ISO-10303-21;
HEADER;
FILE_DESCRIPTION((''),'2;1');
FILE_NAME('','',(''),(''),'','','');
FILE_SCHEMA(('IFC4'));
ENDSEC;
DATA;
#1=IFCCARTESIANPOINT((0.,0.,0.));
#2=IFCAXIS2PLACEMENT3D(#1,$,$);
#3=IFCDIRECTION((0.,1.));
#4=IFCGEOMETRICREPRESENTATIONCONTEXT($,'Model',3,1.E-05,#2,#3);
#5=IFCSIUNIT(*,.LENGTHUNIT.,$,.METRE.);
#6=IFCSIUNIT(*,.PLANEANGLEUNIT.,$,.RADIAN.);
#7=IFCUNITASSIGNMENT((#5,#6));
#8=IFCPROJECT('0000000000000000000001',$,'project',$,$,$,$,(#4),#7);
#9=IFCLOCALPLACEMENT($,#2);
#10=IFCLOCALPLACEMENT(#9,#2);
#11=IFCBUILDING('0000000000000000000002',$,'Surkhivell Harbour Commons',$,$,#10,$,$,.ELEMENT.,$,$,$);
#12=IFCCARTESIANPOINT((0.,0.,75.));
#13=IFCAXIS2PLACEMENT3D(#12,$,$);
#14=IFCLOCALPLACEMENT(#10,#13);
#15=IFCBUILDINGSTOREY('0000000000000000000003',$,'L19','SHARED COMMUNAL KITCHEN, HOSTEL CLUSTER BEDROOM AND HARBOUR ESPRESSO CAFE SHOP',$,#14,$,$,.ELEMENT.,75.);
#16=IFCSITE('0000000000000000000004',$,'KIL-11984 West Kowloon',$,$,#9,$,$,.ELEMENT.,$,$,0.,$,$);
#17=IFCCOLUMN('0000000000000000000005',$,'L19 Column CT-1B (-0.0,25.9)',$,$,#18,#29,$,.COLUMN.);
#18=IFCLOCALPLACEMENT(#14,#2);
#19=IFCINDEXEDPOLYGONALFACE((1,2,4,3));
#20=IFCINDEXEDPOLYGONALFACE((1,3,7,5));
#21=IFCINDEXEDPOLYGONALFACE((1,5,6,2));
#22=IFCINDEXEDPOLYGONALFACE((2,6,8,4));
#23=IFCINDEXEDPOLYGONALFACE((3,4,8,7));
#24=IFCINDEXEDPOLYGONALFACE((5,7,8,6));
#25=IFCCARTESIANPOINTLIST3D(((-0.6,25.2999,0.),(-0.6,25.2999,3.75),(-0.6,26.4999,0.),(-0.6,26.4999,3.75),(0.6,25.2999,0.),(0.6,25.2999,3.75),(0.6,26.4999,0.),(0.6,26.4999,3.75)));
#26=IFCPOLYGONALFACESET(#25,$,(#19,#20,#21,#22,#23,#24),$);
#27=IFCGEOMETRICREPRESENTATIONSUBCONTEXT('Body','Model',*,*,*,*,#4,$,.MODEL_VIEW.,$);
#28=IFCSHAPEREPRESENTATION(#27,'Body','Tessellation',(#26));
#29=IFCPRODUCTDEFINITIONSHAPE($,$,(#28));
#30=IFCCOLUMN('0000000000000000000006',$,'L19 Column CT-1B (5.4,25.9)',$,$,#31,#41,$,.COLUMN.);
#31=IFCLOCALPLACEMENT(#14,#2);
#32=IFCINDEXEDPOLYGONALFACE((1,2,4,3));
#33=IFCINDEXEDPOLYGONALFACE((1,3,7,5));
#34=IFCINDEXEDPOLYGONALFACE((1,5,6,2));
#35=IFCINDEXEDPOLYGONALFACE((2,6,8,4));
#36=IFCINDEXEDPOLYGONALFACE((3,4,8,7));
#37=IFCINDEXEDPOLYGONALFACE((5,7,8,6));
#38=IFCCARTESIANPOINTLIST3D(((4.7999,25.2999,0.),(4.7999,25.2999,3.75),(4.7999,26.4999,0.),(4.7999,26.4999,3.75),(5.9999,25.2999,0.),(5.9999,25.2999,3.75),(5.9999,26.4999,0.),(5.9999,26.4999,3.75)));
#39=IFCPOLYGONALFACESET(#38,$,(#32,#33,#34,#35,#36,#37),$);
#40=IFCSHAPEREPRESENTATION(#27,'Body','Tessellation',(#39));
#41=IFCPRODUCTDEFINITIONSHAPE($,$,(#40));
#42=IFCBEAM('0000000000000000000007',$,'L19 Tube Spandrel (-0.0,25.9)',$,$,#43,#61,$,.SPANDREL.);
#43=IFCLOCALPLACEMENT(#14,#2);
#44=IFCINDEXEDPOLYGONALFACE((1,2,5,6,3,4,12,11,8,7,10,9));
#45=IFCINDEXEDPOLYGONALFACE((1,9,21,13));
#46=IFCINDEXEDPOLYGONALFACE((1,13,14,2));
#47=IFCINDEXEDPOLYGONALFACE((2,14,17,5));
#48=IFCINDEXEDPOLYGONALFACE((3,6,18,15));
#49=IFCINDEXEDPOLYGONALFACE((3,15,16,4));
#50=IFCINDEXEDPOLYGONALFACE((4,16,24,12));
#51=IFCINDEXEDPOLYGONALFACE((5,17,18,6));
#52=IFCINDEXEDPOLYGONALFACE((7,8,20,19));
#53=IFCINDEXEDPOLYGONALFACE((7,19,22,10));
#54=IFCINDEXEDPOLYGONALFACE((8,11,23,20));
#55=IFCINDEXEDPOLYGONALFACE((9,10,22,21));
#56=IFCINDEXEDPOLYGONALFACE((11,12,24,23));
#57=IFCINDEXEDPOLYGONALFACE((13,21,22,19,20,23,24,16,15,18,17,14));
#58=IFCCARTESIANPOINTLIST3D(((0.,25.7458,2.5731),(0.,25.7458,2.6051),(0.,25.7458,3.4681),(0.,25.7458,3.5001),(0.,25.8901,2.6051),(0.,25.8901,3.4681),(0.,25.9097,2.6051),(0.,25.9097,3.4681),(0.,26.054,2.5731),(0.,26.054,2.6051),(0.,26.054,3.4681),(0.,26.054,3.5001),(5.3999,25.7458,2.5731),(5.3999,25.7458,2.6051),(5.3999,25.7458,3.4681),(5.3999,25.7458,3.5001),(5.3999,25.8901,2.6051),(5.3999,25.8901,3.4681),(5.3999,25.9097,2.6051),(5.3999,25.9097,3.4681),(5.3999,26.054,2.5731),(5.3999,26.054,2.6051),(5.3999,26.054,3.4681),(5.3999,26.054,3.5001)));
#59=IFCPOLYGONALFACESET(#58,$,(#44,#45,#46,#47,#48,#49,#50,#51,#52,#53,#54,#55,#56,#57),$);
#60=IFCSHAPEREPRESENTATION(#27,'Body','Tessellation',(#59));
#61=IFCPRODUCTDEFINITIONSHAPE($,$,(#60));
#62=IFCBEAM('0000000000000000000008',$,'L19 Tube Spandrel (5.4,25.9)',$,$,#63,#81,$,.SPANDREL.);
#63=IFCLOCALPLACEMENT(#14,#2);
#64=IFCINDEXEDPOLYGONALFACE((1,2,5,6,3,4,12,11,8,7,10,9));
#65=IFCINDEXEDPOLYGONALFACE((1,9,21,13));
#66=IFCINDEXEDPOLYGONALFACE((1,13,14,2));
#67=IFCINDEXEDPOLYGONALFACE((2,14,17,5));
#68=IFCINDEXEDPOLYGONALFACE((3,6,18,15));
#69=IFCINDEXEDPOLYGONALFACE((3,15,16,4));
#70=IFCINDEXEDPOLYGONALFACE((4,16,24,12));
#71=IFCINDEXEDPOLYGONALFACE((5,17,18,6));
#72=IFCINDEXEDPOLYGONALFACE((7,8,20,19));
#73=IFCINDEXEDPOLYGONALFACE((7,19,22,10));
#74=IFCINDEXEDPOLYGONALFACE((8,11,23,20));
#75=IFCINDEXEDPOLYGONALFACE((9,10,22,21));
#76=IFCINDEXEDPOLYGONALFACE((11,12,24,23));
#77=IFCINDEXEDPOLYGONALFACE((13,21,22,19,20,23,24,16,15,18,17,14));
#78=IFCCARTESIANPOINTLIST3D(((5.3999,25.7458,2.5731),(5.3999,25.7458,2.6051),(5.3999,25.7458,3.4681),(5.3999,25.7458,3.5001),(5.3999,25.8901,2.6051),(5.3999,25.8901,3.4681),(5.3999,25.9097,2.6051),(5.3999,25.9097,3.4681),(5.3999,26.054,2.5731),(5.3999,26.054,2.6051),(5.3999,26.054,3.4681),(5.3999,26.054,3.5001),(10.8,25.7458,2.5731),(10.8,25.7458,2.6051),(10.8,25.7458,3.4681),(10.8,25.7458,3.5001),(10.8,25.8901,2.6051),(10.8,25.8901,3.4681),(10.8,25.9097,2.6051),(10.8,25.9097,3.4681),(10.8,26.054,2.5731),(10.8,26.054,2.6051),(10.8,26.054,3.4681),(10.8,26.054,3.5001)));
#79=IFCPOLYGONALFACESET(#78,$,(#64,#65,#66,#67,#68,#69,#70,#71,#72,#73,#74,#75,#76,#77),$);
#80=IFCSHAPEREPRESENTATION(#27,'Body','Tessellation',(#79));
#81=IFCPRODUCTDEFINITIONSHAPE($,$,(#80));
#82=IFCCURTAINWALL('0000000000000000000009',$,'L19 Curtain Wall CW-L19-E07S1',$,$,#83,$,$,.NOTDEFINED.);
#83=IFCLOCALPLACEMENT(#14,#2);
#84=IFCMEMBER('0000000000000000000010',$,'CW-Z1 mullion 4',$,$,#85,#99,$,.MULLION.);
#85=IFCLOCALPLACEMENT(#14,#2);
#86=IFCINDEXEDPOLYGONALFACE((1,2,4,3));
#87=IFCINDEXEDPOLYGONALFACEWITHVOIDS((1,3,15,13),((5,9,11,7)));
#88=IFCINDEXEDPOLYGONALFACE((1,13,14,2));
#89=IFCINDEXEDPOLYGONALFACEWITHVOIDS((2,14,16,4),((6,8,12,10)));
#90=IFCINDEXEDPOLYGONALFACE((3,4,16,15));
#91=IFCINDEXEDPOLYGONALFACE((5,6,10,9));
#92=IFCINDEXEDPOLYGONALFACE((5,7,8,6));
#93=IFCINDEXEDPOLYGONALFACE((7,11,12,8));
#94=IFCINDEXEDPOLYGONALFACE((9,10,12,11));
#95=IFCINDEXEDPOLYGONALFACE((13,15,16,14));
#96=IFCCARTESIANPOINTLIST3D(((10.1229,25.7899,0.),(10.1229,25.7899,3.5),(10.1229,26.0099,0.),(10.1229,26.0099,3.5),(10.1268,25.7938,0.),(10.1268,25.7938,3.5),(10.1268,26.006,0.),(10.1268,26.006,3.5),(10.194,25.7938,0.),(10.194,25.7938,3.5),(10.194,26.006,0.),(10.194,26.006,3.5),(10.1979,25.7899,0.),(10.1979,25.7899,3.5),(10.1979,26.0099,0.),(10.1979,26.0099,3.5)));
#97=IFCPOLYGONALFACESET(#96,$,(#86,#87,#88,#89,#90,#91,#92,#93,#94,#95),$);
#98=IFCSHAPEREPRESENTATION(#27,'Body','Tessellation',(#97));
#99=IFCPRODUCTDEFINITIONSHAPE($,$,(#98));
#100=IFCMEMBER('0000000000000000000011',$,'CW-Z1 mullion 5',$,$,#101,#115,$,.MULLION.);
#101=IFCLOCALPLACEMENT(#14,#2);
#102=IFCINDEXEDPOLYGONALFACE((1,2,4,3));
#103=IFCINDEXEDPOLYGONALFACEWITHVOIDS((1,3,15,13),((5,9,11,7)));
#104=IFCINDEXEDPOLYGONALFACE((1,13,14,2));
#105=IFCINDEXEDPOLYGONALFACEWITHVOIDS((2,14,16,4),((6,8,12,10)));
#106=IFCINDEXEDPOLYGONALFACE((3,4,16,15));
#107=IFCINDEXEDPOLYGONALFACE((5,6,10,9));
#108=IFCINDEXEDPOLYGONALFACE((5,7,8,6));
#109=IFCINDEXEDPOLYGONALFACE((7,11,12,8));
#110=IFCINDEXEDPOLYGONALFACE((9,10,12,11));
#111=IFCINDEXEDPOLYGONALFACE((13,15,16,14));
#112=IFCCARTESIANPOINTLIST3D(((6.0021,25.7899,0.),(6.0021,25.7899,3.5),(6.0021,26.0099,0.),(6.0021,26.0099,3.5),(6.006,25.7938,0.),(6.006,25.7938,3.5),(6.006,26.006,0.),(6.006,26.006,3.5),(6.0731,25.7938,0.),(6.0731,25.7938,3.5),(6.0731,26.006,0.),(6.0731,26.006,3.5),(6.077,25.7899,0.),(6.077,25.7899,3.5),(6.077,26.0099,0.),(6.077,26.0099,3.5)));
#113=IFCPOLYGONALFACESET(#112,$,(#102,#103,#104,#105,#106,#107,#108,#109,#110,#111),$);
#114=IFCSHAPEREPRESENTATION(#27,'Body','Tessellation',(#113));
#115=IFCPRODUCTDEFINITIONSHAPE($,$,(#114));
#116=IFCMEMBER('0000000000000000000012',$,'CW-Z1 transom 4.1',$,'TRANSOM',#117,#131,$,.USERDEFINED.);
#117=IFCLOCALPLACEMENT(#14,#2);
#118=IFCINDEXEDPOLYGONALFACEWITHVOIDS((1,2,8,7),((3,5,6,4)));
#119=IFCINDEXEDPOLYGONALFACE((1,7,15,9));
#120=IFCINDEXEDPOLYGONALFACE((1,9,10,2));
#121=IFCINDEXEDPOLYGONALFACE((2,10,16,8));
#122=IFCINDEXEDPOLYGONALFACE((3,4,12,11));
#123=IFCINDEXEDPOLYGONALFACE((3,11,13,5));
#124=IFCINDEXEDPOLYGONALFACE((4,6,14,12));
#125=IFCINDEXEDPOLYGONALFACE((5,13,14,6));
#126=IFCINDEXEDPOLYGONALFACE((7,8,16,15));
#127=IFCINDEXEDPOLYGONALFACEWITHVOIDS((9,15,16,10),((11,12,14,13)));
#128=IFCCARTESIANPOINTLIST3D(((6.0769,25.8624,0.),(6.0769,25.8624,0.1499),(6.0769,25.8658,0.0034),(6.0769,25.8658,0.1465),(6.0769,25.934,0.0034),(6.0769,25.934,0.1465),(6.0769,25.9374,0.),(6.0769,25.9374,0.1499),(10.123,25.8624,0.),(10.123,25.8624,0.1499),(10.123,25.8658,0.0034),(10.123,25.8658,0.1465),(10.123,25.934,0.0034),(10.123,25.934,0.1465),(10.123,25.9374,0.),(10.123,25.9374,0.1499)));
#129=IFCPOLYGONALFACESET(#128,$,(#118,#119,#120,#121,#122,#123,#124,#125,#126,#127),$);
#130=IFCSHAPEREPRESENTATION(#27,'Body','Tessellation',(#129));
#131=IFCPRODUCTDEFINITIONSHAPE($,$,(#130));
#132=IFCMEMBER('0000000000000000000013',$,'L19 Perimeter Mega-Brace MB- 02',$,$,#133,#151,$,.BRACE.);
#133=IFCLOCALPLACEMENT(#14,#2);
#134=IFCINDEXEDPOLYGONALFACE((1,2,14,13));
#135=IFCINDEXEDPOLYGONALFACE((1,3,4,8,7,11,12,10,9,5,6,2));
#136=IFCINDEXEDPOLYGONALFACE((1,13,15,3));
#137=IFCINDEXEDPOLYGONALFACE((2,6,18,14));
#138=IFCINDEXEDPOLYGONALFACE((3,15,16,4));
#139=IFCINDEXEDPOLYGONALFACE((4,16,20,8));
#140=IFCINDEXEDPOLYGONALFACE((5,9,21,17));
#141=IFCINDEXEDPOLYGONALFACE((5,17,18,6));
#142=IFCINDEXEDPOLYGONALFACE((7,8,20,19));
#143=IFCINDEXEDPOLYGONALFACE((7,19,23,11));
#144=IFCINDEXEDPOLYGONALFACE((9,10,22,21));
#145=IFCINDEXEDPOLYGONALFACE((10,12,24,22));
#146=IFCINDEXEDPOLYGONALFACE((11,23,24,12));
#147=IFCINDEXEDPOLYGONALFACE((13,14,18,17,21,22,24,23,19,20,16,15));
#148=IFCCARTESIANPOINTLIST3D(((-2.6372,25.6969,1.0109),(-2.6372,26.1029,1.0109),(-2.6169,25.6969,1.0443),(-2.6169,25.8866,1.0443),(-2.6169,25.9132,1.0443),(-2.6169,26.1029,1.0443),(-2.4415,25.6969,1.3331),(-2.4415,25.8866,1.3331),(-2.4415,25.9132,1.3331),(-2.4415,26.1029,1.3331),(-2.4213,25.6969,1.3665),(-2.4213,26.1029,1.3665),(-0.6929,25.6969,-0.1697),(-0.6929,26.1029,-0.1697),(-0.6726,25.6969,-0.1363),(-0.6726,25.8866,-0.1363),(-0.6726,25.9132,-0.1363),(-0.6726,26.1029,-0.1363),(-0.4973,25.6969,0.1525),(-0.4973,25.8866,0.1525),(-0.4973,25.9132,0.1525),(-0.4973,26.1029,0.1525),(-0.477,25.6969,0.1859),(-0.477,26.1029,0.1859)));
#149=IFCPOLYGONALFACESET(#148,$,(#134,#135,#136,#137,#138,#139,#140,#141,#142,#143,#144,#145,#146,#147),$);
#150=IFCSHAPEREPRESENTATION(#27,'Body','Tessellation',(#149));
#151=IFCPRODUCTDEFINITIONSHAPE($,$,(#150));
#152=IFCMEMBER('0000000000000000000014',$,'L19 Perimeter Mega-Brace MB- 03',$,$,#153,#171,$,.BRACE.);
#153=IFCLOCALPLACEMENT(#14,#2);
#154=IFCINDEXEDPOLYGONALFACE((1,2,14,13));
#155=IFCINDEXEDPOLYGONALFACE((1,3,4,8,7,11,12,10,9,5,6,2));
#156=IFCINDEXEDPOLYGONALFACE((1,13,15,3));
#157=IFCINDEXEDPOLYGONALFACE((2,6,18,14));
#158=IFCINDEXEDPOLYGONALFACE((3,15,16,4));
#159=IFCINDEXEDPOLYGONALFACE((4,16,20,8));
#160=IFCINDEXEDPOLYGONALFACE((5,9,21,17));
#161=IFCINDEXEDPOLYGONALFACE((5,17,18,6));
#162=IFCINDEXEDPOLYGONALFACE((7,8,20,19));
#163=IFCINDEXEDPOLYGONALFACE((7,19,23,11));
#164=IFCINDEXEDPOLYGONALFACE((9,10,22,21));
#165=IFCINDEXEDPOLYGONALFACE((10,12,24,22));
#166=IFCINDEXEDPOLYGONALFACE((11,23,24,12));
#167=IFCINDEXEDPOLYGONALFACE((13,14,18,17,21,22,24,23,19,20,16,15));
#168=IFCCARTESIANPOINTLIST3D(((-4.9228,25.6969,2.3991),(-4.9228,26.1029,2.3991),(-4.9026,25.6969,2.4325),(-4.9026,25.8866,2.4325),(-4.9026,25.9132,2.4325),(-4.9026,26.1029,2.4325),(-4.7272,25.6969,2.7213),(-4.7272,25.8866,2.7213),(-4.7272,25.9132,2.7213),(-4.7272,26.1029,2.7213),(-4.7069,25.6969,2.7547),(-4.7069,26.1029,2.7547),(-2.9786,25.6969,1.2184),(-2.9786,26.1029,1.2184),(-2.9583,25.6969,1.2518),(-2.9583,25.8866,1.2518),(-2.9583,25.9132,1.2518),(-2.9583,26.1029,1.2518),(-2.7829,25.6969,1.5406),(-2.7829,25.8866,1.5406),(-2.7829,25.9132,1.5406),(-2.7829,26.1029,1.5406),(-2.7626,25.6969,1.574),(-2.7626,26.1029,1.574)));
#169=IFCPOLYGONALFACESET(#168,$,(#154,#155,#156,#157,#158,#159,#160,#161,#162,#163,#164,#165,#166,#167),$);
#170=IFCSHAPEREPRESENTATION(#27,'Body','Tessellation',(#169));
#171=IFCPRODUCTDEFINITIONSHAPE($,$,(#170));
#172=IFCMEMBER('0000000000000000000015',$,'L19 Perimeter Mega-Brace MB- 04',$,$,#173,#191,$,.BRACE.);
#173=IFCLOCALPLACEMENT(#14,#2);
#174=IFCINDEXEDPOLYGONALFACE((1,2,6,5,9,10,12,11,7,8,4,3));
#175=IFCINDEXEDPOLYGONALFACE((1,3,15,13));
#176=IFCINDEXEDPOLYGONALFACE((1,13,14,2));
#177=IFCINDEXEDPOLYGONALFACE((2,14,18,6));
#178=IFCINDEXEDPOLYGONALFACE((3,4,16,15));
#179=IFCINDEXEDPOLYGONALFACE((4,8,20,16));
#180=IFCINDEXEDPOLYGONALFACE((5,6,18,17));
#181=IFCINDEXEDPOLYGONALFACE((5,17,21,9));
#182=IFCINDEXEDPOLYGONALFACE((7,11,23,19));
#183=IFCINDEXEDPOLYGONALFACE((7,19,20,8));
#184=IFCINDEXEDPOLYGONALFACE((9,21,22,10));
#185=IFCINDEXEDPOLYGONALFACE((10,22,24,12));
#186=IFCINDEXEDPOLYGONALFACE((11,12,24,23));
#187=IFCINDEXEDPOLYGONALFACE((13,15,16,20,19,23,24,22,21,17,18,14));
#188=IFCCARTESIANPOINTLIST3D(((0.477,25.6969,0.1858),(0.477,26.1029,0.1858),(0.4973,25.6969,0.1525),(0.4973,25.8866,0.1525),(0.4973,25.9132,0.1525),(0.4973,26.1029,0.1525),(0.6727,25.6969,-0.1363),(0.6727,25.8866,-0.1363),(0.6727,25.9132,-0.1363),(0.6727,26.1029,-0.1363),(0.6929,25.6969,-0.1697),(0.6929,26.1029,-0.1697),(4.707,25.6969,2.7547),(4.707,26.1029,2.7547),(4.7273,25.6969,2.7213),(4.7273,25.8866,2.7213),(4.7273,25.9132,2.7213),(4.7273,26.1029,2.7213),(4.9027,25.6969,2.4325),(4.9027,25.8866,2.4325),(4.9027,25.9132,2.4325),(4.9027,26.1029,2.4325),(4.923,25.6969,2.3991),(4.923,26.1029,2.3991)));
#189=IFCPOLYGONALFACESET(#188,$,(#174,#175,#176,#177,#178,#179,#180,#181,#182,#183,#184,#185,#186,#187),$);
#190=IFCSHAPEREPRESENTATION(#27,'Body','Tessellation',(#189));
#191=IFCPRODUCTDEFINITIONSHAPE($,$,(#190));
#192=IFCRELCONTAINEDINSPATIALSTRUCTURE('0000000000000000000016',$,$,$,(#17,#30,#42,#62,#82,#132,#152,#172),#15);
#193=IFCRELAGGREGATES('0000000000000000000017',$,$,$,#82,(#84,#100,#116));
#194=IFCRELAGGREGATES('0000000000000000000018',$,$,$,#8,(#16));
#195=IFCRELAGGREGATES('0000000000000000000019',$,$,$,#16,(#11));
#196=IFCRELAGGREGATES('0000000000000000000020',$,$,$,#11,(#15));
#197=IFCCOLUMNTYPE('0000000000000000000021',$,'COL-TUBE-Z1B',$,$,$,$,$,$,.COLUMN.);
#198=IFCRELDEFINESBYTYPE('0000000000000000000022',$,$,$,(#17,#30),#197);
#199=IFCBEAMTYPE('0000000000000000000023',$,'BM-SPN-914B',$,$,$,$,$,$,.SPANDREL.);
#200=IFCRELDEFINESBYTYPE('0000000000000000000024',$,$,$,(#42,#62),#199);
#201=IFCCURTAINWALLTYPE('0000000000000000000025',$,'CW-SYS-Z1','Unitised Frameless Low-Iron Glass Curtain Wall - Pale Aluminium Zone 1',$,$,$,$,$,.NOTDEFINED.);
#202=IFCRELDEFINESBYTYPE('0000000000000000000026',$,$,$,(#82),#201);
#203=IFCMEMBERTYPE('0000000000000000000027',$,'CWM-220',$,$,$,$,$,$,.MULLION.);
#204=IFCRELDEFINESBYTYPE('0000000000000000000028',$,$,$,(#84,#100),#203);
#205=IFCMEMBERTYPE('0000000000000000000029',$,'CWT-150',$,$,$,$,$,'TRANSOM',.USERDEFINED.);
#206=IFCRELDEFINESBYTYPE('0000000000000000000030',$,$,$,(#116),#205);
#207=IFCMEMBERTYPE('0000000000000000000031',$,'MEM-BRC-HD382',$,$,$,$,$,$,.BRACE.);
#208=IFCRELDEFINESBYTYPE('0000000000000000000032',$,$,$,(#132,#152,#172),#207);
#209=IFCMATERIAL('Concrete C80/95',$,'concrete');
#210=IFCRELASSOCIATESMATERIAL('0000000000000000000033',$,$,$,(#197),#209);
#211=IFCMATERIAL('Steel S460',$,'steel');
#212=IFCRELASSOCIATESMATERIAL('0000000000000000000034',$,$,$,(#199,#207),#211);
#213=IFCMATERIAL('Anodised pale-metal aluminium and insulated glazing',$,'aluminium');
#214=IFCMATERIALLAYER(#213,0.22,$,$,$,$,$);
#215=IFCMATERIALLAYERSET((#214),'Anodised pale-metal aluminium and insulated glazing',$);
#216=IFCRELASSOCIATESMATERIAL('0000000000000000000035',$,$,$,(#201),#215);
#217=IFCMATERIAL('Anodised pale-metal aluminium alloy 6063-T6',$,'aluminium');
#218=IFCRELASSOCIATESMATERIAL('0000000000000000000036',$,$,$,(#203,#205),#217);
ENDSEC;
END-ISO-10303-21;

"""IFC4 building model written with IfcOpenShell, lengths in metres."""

from ifc_helpers import new_model, si_unit, direction, frame, origin, origin_2d, place, context, subcontext, project, spatial, rectangle, hollow_rectangle, i_section, extrude, material, layer, layer_set, material_profile, profile_set, type_object, element, aggregate, save


model = new_model("IFC4")

# Units and contexts
model_context = context("Model", 3, precision=1e-05, world=origin(), true_north=direction((0.0, 1.0)))
body_context = subcontext(model_context, "Body", "Model", "MODEL_VIEW")
ifc_project = project(units=[si_unit("LENGTHUNIT", "METRE"), si_unit("PLANEANGLEUNIT", "RADIAN")], contexts=[model_context])

# Site, building, storey
site_placement = place(None, origin())
site = spatial("IfcSite", under=ifc_project, at=site_placement, Name="KIL-11984 West Kowloon", CompositionType="ELEMENT", RefElevation=0.0)
building_placement = place(site_placement, origin())
building = spatial("IfcBuilding", under=site, at=building_placement, Name="Surkhivell Harbour Commons", CompositionType="ELEMENT")
storey_placement = place(building_placement, frame((0.0, 0.0, 75.0)))
storey = spatial("IfcBuildingStorey", under=building, at=storey_placement, Name="L19", Description="SHARED COMMUNAL KITCHEN, HOSTEL CLUSTER BEDROOM AND HARBOUR ESPRESSO CAFE SHOP", CompositionType="ELEMENT", Elevation=75.0)

# Columns
ifc_material_1 = material(Name="Concrete C80/95", Category="concrete")
ifc_material_profile_1 = material_profile(ifc_material_1, rectangle(XDim=1.2, YDim=1.2, at=origin_2d()), Name="RC-COL-1200x1200")
ifc_profile_set_1 = profile_set([ifc_material_profile_1], Name="Concrete C80/95")
column_type = type_object("IfcColumnType", Name="COL-TUBE-Z1B", PredefinedType="COLUMN", material=ifc_profile_set_1)
for number, where, z_axis, x_axis, name in (
    (1, (0.0, 25.8999, 0.0), (0.0, 0.0, 1.0), (1.0, 0.0, 0.0), "L19 Column CT-1B (-0.0,25.9)"),
    (2, (5.3999, 25.8999, 0.0), (0.0, 0.0, 1.0), (1.0, 0.0, 0.0), "L19 Column CT-1B (5.4,25.9)"),
):
    element("IfcColumn", number, at=place(storey_placement, frame(where, z_axis=z_axis, x_axis=x_axis)), inside=storey, type_object=column_type, Name=name, PredefinedType="COLUMN", context=body_context, shape_type="SweptSolid", body=[
        extrude(rectangle(XDim=1.2, YDim=1.2, at=origin_2d()), origin(), (0.0, 0.0, 1.0), 3.75),
    ])

# Beams
ifc_material_2 = material(Name="Steel S460", Category="steel")
ifc_material_profile_2 = material_profile(ifc_material_2, i_section(OverallWidth=0.3081, OverallDepth=0.927, WebThickness=0.0195, FlangeThickness=0.032, at=origin_2d()), Name="UB914x305x289")
ifc_profile_set_2 = profile_set([ifc_material_profile_2], Name="Steel S460")
beam_type = type_object("IfcBeamType", Name="BM-SPN-914B", PredefinedType="SPANDREL", material=ifc_profile_set_2)
beam_1_placement = place(storey_placement, frame((0.0, 25.8999, 3.0366), z_axis=(1.0, 0.0, 0.0), x_axis=(0.0, 1.0, 0.0)))
element("IfcBeam", 3, at=beam_1_placement, inside=storey, type_object=beam_type, Name="L19 Tube Spandrel (-0.0,25.9)", PredefinedType="SPANDREL", context=body_context, shape_type="SweptSolid", body=[
    extrude(i_section(OverallWidth=0.3081, OverallDepth=0.927, WebThickness=0.0195, FlangeThickness=0.032, at=origin_2d()), origin(), (0.0, 0.0, 1.0), 5.3999),
])
beam_2_placement = place(storey_placement, frame((5.3999, 25.8999, 3.0366), z_axis=(1.0, 0.0, 0.0), x_axis=(0.0, 1.0, 0.0)))
element("IfcBeam", 4, at=beam_2_placement, inside=storey, type_object=beam_type, Name="L19 Tube Spandrel (5.4,25.9)", PredefinedType="SPANDREL", context=body_context, shape_type="SweptSolid", body=[
    extrude(i_section(OverallWidth=0.3081, OverallDepth=0.927, WebThickness=0.0195, FlangeThickness=0.032, at=origin_2d()), origin(), (0.0, 0.0, 1.0), 5.4001),
])

# Curtain wall, members
ifc_material_3 = material(Name="Anodised pale-metal aluminium and insulated glazing", Category="aluminium")
ifc_layer_1 = layer(ifc_material_3, 0.22)
ifc_layer_set_1 = layer_set([ifc_layer_1], Name="Anodised pale-metal aluminium and insulated glazing")
curtain_wall_type = type_object("IfcCurtainWallType", Name="CW-SYS-Z1", Description="Unitised Frameless Low-Iron Glass Curtain Wall - Pale Aluminium Zone 1", PredefinedType="NOTDEFINED", material=ifc_layer_set_1)
curtain_wall_placement = place(storey_placement, origin())
curtain_wall = element("IfcCurtainWall", 5, at=curtain_wall_placement, inside=storey, type_object=curtain_wall_type, Name="L19 Curtain Wall CW-L19-E07S1", PredefinedType="NOTDEFINED")
ifc_material_4 = material(Name="Anodised pale-metal aluminium alloy 6063-T6", Category="aluminium")
ifc_material_profile_3 = material_profile(ifc_material_4, hollow_rectangle(XDim=0.075, YDim=0.22, WallThickness=0.0039, at=origin_2d()), Name="ALU-MULL-75x220")
ifc_profile_set_3 = profile_set([ifc_material_profile_3], Name="Anodised pale-metal aluminium alloy 6063-T6")
member_type_1 = type_object("IfcMemberType", Name="CWM-220", PredefinedType="MULLION", material=ifc_profile_set_3)
member_1_placement = place(storey_placement, frame((10.1604, 25.8999, 0.0), z_axis=(0.0, 0.0, 1.0), x_axis=(-1.0, 0.0, 0.0)))
member_1 = element("IfcMember", 6, at=member_1_placement, type_object=member_type_1, Name="CW-Z1 mullion 4", PredefinedType="MULLION", context=body_context, shape_type="SweptSolid", body=[
    extrude(hollow_rectangle(XDim=0.075, YDim=0.22, WallThickness=0.0039, at=origin_2d()), origin(), (0.0, 0.0, 1.0), 3.5),
])
member_2_placement = place(storey_placement, frame((6.0396, 25.8999, 0.0), z_axis=(0.0, 0.0, 1.0), x_axis=(-1.0, 0.0, 0.0)))
member_2 = element("IfcMember", 7, at=member_2_placement, type_object=member_type_1, Name="CW-Z1 mullion 5", PredefinedType="MULLION", context=body_context, shape_type="SweptSolid", body=[
    extrude(hollow_rectangle(XDim=0.075, YDim=0.22, WallThickness=0.0039, at=origin_2d()), origin(), (0.0, 0.0, 1.0), 3.5),
])
ifc_material_profile_4 = material_profile(ifc_material_4, hollow_rectangle(XDim=0.075, YDim=0.1499, WallThickness=0.0034, at=origin_2d()), Name="ALU-TRAN-75x150")
ifc_profile_set_4 = profile_set([ifc_material_profile_4], Name="Anodised pale-metal aluminium alloy 6063-T6")
member_type_2 = type_object("IfcMemberType", Name="CWT-150", ElementType="TRANSOM", PredefinedType="USERDEFINED", material=ifc_profile_set_4)
member_3_placement = place(storey_placement, frame((10.123, 25.8999, 0.075), z_axis=(-1.0, 0.0, 0.0), x_axis=(0.0, -1.0, 0.0)))
member_3 = element("IfcMember", 8, at=member_3_placement, type_object=member_type_2, Name="CW-Z1 transom 4.1", ObjectType="TRANSOM", PredefinedType="USERDEFINED", context=body_context, shape_type="SweptSolid", body=[
    extrude(hollow_rectangle(XDim=0.075, YDim=0.1499, WallThickness=0.0034, at=origin_2d()), origin(), (0.0, 0.0, 1.0), 4.0461),
])

# Members
ifc_material_profile_5 = material_profile(ifc_material_2, i_section(OverallWidth=0.406, OverallDepth=0.416, WebThickness=0.0266, FlangeThickness=0.0391, at=origin_2d()), Name="HD400x382")
ifc_profile_set_5 = profile_set([ifc_material_profile_5], Name="Steel S460")
member_type_3 = type_object("IfcMemberType", Name="MEM-BRC-HD382", PredefinedType="BRACE", material=ifc_profile_set_5)
for number, where, z_axis, x_axis, name in (
    (9, (-0.585, 25.8999, 0.0081), (-0.854754, 0.0, 0.519034), (0.0, -1.0, 0.0), "L19 Perimeter Mega-Brace MB- 02"),
    (10, (-2.8706, 25.8999, 1.3962), (-0.854754, 0.0, 0.519034), (0.0, -1.0, 0.0), "L19 Perimeter Mega-Brace MB- 03"),
):
    element("IfcMember", number, at=place(storey_placement, frame(where, z_axis=z_axis, x_axis=x_axis)), inside=storey, type_object=member_type_3, Name=name, PredefinedType="BRACE", context=body_context, shape_type="SweptSolid", body=[
        extrude(i_section(OverallWidth=0.406, OverallDepth=0.416, WebThickness=0.0266, FlangeThickness=0.0391, at=origin_2d()), origin(), (0.0, 0.0, 1.0), 2.2747),
    ])
member_4_placement = place(storey_placement, frame((0.585, 25.8999, 0.0081), z_axis=(0.85473, 0.0, 0.519073), x_axis=(0.0, 1.0, 0.0)))
element("IfcMember", 11, at=member_4_placement, inside=storey, type_object=member_type_3, Name="L19 Perimeter Mega-Brace MB- 04", PredefinedType="BRACE", context=body_context, shape_type="SweptSolid", body=[
    extrude(i_section(OverallWidth=0.406, OverallDepth=0.416, WebThickness=0.0266, FlangeThickness=0.0391, at=origin_2d()), origin(), (0.0, 0.0, 1.0), 4.949),
])

aggregate(curtain_wall, [member_1, member_2, member_3])

save(model, "model.ifc")
